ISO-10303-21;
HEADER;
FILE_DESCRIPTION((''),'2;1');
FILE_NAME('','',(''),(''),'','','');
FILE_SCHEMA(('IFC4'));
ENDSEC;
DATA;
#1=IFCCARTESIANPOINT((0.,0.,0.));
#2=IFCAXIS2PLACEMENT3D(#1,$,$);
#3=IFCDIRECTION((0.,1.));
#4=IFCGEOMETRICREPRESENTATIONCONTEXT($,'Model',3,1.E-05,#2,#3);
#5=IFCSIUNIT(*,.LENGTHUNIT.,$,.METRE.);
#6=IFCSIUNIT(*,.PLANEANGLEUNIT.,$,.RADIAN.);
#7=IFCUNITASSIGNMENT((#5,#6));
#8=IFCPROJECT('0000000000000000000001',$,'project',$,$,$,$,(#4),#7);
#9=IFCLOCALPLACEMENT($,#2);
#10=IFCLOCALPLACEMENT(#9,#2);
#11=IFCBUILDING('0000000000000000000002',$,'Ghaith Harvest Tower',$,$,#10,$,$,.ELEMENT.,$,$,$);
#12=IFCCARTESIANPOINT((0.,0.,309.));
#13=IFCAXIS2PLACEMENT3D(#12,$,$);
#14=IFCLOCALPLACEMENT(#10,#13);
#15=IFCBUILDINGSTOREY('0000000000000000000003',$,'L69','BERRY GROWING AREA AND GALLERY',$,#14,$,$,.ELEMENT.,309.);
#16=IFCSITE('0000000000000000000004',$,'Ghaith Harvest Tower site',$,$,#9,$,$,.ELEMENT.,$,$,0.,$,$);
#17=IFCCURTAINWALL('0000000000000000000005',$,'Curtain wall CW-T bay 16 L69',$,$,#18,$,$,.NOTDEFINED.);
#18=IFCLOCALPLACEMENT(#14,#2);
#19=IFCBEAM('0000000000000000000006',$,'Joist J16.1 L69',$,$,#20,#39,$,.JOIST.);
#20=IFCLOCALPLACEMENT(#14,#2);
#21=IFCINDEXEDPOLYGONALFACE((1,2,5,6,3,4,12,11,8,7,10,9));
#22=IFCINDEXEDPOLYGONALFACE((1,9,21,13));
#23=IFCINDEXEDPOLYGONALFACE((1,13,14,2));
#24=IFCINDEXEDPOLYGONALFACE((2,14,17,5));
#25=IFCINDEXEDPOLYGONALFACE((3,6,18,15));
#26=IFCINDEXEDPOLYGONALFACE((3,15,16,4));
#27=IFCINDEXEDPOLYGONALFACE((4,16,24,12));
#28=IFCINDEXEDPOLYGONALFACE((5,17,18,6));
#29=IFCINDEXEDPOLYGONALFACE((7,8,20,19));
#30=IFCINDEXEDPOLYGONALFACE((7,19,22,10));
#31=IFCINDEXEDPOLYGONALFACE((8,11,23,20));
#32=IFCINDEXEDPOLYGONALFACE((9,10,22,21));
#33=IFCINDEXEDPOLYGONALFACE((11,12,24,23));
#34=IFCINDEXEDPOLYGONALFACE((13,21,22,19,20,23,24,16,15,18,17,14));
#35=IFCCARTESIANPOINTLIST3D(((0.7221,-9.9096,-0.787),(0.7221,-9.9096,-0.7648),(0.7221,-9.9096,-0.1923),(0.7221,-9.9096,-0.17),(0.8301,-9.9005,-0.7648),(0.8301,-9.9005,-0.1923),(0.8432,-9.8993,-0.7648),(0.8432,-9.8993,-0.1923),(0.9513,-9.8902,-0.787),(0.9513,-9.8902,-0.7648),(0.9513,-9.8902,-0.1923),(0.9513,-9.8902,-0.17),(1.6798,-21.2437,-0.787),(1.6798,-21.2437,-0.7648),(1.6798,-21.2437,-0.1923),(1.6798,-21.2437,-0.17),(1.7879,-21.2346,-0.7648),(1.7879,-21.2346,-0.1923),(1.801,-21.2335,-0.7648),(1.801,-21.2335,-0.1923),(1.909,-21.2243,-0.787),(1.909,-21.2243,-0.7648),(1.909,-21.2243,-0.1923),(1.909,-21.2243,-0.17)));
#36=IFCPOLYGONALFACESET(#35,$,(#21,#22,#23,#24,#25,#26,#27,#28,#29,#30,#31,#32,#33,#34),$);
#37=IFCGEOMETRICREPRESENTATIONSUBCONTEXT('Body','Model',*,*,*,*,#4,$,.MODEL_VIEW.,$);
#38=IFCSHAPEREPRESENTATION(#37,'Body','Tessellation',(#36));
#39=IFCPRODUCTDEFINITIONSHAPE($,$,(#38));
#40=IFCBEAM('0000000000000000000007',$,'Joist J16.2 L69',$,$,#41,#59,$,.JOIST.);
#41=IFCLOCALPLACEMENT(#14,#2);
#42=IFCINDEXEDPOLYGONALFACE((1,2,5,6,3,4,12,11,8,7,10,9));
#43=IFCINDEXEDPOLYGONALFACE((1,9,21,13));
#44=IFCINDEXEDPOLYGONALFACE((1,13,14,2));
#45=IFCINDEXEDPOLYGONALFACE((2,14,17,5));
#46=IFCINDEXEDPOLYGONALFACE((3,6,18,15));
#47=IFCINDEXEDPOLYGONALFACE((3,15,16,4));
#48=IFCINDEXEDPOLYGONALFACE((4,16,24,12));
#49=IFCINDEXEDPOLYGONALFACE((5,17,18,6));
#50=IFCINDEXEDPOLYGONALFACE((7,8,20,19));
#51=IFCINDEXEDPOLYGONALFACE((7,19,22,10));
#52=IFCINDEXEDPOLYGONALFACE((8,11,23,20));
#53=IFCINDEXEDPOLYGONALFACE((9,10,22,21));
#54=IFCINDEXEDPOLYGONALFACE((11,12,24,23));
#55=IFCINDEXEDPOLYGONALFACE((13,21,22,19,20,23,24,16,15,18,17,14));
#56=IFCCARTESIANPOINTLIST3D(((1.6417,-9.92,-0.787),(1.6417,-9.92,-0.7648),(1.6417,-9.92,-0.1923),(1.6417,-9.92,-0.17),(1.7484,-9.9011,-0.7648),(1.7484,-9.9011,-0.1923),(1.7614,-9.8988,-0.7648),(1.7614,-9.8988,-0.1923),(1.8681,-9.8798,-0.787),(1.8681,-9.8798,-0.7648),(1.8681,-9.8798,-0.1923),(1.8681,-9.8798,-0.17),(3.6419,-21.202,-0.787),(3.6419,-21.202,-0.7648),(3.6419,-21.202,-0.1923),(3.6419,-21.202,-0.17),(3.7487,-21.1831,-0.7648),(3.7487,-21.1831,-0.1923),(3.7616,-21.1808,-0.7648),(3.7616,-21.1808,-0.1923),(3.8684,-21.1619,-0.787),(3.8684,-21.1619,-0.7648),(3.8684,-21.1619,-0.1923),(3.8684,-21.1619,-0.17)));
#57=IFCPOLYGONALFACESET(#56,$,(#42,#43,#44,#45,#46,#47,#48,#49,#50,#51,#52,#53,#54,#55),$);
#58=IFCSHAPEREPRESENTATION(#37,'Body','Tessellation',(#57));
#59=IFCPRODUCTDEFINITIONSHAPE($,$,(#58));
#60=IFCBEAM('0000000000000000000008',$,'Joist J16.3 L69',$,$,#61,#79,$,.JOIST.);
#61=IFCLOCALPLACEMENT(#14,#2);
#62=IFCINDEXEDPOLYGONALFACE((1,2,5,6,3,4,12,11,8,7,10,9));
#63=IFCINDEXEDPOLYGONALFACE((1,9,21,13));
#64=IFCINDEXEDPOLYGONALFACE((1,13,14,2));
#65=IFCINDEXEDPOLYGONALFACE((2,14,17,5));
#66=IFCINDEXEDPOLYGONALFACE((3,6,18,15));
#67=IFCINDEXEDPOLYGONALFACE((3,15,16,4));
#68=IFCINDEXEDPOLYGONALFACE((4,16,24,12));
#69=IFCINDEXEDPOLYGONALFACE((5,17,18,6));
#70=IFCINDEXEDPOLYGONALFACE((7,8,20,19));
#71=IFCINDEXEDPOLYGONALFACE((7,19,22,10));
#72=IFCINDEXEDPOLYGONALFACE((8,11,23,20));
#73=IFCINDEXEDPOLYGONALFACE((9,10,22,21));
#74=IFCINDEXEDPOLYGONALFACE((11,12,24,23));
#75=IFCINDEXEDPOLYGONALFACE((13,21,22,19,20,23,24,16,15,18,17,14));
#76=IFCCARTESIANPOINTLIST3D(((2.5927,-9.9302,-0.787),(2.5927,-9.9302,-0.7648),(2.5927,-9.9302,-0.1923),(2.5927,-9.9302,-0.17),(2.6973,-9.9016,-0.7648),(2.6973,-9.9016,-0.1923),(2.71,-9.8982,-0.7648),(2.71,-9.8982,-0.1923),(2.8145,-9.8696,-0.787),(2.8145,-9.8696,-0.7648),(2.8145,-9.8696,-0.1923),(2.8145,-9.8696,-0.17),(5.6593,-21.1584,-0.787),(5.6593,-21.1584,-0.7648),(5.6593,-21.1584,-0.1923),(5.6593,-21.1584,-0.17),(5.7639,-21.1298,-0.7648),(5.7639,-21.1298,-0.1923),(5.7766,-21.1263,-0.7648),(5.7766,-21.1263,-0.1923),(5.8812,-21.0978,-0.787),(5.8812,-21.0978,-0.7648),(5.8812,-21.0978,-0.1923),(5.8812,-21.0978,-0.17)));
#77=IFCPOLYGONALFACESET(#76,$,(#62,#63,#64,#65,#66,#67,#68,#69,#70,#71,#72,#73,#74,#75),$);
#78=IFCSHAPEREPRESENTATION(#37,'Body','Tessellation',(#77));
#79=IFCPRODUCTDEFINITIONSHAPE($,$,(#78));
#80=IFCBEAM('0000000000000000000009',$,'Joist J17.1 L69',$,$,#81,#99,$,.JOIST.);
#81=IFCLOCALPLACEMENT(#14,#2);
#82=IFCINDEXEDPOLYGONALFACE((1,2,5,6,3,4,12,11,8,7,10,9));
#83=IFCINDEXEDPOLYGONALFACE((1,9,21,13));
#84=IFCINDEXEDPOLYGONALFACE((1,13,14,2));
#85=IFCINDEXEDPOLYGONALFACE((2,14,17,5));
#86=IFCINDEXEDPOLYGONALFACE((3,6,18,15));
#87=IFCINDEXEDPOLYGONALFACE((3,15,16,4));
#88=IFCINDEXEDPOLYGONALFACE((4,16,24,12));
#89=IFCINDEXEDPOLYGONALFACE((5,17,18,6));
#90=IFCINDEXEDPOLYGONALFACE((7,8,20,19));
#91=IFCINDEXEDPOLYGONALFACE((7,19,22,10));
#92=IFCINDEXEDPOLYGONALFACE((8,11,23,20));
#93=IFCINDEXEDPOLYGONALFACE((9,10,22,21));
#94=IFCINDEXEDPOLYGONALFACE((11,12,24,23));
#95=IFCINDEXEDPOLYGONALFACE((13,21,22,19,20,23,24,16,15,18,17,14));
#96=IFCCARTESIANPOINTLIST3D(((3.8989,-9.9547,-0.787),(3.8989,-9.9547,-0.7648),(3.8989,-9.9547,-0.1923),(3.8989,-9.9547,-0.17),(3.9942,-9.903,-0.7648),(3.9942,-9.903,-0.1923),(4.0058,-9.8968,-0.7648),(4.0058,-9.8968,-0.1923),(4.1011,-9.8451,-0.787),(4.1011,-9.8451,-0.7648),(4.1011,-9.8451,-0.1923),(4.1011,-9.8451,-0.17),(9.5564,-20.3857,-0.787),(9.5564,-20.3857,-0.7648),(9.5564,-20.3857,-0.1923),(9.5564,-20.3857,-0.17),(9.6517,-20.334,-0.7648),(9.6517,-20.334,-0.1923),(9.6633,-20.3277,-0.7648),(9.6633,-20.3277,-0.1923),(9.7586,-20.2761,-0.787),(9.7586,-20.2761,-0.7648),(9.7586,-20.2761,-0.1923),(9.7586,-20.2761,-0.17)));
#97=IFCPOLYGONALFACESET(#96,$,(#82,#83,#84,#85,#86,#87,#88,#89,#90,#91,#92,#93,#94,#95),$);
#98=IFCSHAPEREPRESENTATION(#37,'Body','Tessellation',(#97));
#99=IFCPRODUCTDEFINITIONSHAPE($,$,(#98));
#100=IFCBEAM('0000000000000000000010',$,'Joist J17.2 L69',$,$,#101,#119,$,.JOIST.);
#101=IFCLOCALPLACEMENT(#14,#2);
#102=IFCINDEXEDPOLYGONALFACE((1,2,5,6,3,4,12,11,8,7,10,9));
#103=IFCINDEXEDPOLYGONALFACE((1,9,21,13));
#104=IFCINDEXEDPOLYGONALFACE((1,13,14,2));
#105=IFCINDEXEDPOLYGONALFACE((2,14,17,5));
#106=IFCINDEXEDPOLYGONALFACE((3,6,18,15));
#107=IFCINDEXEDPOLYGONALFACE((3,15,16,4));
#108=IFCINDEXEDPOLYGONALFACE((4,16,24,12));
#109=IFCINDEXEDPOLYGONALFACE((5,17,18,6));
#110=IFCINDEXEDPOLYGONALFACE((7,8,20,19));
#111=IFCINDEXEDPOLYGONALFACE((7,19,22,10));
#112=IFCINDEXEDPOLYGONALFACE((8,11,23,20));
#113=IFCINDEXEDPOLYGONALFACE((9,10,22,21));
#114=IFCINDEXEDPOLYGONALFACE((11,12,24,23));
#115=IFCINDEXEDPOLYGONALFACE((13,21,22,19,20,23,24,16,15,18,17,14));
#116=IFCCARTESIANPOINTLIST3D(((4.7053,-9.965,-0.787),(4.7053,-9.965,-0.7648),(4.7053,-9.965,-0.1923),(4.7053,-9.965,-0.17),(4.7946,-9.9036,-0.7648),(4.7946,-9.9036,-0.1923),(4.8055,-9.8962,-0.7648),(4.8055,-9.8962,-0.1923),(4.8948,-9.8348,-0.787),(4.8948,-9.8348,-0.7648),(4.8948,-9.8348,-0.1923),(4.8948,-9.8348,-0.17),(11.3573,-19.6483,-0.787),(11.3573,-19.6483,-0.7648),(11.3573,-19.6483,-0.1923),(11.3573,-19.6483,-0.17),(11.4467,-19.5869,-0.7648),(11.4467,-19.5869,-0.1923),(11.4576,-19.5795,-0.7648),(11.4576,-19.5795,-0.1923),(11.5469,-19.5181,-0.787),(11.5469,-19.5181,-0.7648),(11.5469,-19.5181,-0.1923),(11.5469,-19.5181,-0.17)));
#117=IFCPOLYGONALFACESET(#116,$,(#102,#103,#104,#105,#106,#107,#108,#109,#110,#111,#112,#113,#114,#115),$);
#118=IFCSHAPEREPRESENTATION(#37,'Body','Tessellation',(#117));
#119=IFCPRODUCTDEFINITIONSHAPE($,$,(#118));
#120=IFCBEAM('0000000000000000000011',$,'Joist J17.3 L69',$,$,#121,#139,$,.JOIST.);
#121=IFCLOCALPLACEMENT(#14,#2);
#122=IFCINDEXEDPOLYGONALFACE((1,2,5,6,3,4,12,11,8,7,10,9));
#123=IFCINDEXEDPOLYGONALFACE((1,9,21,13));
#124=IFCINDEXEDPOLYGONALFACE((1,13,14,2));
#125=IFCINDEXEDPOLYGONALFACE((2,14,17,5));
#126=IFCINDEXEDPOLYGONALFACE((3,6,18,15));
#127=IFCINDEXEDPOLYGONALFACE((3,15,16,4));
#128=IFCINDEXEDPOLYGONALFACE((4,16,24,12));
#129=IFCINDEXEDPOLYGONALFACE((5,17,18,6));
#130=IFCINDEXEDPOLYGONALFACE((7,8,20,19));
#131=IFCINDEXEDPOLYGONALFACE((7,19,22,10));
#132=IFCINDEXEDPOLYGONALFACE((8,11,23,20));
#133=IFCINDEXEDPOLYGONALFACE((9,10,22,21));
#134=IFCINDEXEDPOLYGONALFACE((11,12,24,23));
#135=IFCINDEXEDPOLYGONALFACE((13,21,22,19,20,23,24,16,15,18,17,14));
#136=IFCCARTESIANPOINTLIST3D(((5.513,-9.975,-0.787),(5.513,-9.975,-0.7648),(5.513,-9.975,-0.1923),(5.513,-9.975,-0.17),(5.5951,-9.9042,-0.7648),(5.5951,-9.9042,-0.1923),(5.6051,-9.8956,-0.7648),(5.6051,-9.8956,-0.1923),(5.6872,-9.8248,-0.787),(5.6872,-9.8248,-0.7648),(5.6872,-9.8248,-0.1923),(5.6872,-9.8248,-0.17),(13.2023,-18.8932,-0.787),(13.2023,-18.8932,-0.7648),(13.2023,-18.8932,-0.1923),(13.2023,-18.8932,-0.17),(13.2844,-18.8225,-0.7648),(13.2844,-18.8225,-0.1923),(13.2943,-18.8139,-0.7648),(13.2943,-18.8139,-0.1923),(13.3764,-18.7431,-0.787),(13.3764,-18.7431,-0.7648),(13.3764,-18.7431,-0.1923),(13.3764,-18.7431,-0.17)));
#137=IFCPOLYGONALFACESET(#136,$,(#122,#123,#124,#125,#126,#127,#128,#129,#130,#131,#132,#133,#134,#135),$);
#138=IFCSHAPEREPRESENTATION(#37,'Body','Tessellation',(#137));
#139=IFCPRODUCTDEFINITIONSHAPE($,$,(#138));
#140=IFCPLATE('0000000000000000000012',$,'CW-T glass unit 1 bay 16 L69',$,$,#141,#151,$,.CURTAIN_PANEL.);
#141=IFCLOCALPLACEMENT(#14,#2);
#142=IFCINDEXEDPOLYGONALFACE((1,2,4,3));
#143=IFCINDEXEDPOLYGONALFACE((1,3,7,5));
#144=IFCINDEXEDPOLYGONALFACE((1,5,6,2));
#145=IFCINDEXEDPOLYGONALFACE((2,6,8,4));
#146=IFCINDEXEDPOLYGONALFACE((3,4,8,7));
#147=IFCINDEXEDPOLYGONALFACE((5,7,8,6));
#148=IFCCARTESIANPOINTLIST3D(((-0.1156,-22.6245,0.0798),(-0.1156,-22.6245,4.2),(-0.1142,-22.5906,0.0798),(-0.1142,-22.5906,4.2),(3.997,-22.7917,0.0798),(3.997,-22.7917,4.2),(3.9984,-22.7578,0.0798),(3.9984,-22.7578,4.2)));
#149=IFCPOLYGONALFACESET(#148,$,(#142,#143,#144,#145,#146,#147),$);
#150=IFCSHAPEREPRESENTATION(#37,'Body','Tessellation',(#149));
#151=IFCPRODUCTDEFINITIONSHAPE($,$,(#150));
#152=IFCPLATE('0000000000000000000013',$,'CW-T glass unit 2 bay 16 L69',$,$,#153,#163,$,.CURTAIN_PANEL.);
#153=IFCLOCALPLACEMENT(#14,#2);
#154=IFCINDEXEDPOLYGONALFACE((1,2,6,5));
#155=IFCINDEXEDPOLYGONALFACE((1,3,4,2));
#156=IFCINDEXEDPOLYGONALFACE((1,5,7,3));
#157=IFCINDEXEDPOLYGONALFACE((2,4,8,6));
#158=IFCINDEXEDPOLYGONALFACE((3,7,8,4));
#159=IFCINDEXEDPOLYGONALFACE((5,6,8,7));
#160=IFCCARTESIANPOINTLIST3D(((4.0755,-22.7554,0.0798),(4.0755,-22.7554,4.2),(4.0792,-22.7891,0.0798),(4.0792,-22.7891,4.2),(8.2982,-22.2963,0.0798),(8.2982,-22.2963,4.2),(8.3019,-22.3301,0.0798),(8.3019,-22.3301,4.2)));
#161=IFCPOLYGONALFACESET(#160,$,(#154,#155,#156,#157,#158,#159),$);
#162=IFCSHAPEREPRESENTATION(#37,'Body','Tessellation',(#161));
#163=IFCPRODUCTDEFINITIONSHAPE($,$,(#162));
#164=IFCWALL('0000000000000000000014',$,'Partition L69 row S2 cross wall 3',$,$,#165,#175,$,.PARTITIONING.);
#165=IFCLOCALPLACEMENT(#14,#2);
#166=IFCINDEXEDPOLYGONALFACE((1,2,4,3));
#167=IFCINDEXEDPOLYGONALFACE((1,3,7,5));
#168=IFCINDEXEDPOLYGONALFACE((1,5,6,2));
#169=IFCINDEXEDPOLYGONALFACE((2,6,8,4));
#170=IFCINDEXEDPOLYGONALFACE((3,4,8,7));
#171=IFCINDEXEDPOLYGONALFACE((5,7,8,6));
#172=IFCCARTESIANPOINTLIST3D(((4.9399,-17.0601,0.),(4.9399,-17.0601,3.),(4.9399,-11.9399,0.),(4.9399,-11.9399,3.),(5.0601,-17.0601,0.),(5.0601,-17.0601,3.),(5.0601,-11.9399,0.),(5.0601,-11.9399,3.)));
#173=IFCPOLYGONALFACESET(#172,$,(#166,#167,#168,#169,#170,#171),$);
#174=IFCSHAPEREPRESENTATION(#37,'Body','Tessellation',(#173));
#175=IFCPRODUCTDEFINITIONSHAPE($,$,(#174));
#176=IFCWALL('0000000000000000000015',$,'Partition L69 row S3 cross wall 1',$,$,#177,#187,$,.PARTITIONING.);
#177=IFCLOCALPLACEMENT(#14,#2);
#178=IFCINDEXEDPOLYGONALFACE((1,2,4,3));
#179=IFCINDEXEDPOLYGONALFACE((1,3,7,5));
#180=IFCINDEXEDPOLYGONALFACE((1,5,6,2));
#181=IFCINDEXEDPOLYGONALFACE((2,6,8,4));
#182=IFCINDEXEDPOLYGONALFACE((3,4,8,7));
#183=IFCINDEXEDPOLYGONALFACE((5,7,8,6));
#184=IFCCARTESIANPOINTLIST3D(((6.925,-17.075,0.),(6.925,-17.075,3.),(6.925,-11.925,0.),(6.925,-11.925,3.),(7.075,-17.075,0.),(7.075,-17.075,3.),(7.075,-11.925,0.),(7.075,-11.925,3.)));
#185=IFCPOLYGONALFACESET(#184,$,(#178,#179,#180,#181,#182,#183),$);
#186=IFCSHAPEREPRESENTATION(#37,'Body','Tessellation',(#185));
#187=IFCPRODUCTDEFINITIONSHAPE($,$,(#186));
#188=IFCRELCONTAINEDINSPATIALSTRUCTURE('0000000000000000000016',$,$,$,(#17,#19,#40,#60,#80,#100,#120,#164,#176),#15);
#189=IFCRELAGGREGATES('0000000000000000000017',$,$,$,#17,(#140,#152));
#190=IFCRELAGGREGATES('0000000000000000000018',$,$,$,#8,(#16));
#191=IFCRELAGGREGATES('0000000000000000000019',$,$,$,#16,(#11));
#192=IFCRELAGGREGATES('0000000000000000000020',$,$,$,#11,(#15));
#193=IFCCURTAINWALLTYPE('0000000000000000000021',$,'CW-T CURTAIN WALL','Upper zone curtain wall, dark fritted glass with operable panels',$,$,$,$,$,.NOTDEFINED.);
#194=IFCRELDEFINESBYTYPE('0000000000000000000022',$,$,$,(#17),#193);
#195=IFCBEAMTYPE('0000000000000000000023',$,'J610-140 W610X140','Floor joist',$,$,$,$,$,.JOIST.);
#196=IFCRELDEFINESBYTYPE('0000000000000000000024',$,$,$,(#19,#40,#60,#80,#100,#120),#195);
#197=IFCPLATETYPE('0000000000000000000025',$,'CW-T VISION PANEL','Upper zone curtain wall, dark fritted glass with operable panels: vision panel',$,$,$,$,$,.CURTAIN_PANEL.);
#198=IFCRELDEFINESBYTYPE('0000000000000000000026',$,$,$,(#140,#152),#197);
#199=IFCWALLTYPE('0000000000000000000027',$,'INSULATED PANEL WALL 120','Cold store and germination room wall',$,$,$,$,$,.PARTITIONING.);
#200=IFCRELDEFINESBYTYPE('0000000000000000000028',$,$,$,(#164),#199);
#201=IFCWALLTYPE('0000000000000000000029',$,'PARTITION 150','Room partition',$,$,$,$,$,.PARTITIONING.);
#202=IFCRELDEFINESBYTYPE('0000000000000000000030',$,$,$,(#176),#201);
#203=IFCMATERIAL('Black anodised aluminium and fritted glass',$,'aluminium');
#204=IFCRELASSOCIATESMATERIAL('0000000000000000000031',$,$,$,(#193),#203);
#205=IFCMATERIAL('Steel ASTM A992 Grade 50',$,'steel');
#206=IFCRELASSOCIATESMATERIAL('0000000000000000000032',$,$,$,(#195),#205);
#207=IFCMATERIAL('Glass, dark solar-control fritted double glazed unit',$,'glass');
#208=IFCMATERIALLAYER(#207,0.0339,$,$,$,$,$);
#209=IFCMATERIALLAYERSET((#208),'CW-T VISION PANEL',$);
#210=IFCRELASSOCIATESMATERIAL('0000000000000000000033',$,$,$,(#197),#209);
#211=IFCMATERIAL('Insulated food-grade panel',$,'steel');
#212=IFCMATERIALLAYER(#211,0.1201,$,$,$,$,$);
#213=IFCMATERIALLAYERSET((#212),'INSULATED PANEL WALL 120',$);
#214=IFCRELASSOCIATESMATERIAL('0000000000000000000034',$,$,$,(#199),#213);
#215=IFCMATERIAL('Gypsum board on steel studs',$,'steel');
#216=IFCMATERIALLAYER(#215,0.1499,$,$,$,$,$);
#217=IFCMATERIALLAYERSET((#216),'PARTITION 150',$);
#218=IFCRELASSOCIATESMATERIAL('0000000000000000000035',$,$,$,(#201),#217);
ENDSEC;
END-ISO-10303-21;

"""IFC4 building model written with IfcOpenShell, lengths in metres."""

from ifc_helpers import new_model, si_unit, direction, frame, frame_2d, origin, origin_2d, place, context, subcontext, project, spatial, rectangle, i_section, extrude, material, layer, layer_set, material_profile, profile_set, type_object, element, aggregate, save


model = new_model("IFC4")

# Units and contexts
model_context = context("Model", 3, precision=1e-05, world=origin(), true_north=direction((0.0, 1.0)))
body_context = subcontext(model_context, "Body", "Model", "MODEL_VIEW")
ifc_project = project(units=[si_unit("LENGTHUNIT", "METRE"), si_unit("PLANEANGLEUNIT", "RADIAN")], contexts=[model_context])

# Site, building, storey
site_placement = place(None, origin())
site = spatial("IfcSite", under=ifc_project, at=site_placement, Name="Ghaith Harvest Tower site", CompositionType="ELEMENT", RefElevation=0.0)
building_placement = place(site_placement, origin())
building = spatial("IfcBuilding", under=site, at=building_placement, Name="Ghaith Harvest Tower", CompositionType="ELEMENT")
storey_placement = place(building_placement, frame((0.0, 0.0, 309.0)))
storey = spatial("IfcBuildingStorey", under=building, at=storey_placement, Name="L69", Description="BERRY GROWING AREA AND GALLERY", CompositionType="ELEMENT", Elevation=309.0)

# Curtain wall
ifc_material_1 = material(Name="Black anodised aluminium and fritted glass", Category="aluminium")
curtain_wall_type = type_object("IfcCurtainWallType", Name="CW-T CURTAIN WALL", Description="Upper zone curtain wall, dark fritted glass with operable panels", PredefinedType="NOTDEFINED", material=ifc_material_1)
curtain_wall_1_placement = place(storey_placement, origin())
curtain_wall_1 = element("IfcCurtainWall", 1, at=curtain_wall_1_placement, inside=storey, type_object=curtain_wall_type, Name="Curtain wall CW-T bay 16 L69", PredefinedType="NOTDEFINED")

# Beams
ifc_material_2 = material(Name="Steel ASTM A992 Grade 50", Category="steel")
ifc_material_profile_1 = material_profile(ifc_material_2, i_section(OverallWidth=0.23, OverallDepth=0.6169, WebThickness=0.0132, FlangeThickness=0.0222, at=origin_2d()), Name="W610X140")
ifc_profile_set_1 = profile_set([ifc_material_profile_1], Name="Steel ASTM A992 Grade 50")
beam_type_1 = type_object("IfcBeamType", Name="J610-140 W610X140", Description="Floor joist", PredefinedType="JOIST", material=ifc_profile_set_1)
beam_1_placement = place(storey_placement, frame((0.8367, -9.8999, -0.4785), z_axis=(0.084202, -0.996449, 0.0), x_axis=(0.996449, 0.084202, 0.0)))
element("IfcBeam", 2, at=beam_1_placement, inside=storey, type_object=beam_type_1, Name="Joist J16.1 L69", PredefinedType="JOIST", context=body_context, shape_type="SweptSolid", body=[
    extrude(i_section(OverallWidth=0.23, OverallDepth=0.6169, WebThickness=0.0132, FlangeThickness=0.0222, at=origin_2d()), origin(), (0.0, 0.0, 1.0), 11.3745),
])
beam_2_placement = place(storey_placement, frame((1.7549, -9.8999, -0.4785), z_axis=(0.174573, -0.984644, 0.0), x_axis=(0.984644, 0.174573, 0.0)))
element("IfcBeam", 3, at=beam_2_placement, inside=storey, type_object=beam_type_1, Name="Joist J16.2 L69", PredefinedType="JOIST", context=body_context, shape_type="SweptSolid", body=[
    extrude(i_section(OverallWidth=0.23, OverallDepth=0.6169, WebThickness=0.0132, FlangeThickness=0.0222, at=origin_2d()), origin(), (0.0, 0.0, 1.0), 11.458),
])
beam_3_placement = place(storey_placement, frame((2.7036, -9.8999, -0.4785), z_axis=(0.263469, -0.964668, 0.0), x_axis=(0.964668, 0.263469, 0.0)))
element("IfcBeam", 4, at=beam_3_placement, inside=storey, type_object=beam_type_1, Name="Joist J16.3 L69", PredefinedType="JOIST", context=body_context, shape_type="SweptSolid", body=[
    extrude(i_section(OverallWidth=0.23, OverallDepth=0.6169, WebThickness=0.0132, FlangeThickness=0.0222, at=origin_2d()), origin(), (0.0, 0.0, 1.0), 11.6394),
])
beam_4_placement = place(storey_placement, frame((4.0, -9.8999, -0.4785), z_axis=(0.476765, -0.879031, 0.0), x_axis=(0.879031, 0.476765, 0.0)))
element("IfcBeam", 5, at=beam_4_placement, inside=storey, type_object=beam_type_1, Name="Joist J17.1 L69", PredefinedType="JOIST", context=body_context, shape_type="SweptSolid", body=[
    extrude(i_section(OverallWidth=0.23, OverallDepth=0.6169, WebThickness=0.0132, FlangeThickness=0.0222, at=origin_2d()), origin(), (0.0, 0.0, 1.0), 11.8665),
])
beam_5_placement = place(storey_placement, frame((4.8, -9.8999, -0.4785), z_axis=(0.566228, -0.824249, 0.0), x_axis=(0.824249, 0.566228, 0.0)))
element("IfcBeam", 6, at=beam_5_placement, inside=storey, type_object=beam_type_1, Name="Joist J17.2 L69", PredefinedType="JOIST", context=body_context, shape_type="SweptSolid", body=[
    extrude(i_section(OverallWidth=0.23, OverallDepth=0.6169, WebThickness=0.0132, FlangeThickness=0.0222, at=origin_2d()), origin(), (0.0, 0.0, 1.0), 11.748),
])
beam_6_placement = place(storey_placement, frame((5.6001, -9.8999, -0.4785), z_axis=(0.652993, -0.757364, 0.0), x_axis=(0.757364, 0.652993, 0.0)))
element("IfcBeam", 7, at=beam_6_placement, inside=storey, type_object=beam_type_1, Name="Joist J17.3 L69", PredefinedType="JOIST", context=body_context, shape_type="SweptSolid", body=[
    extrude(i_section(OverallWidth=0.23, OverallDepth=0.6169, WebThickness=0.0132, FlangeThickness=0.0222, at=origin_2d()), origin(), (0.0, 0.0, 1.0), 11.7754),
])

# Plates
ifc_material_3 = material(Name="Glass, dark solar-control fritted double glazed unit", Category="glass")
ifc_layer_1 = layer(ifc_material_3, 0.0339)
ifc_layer_set_1 = layer_set([ifc_layer_1], Name="CW-T VISION PANEL")
plate_type = type_object("IfcPlateType", Name="CW-T VISION PANEL", Description="Upper zone curtain wall, dark fritted glass with operable panels: vision panel", PredefinedType="CURTAIN_PANEL", material=ifc_layer_set_1)
plate_1_placement = place(storey_placement, frame((1.9414, -22.6912, 0.0798), z_axis=(0.0, 0.0, 1.0), x_axis=(0.999174, -0.040638, 0.0)))
plate_1 = element("IfcPlate", 8, at=plate_1_placement, type_object=plate_type, Name="CW-T glass unit 1 bay 16 L69", PredefinedType="CURTAIN_PANEL", context=body_context, shape_type="SweptSolid", body=[
    extrude(rectangle(XDim=4.116, YDim=0.0339, at=origin_2d()), origin(), (0.0, 0.0, 1.0), 4.1201),
])
plate_2_placement = place(storey_placement, frame((6.1887, -22.5427, 0.0798), z_axis=(0.0, 0.0, 1.0), x_axis=(0.994143, 0.108074, 0.0)))
plate_2 = element("IfcPlate", 9, at=plate_2_placement, type_object=plate_type, Name="CW-T glass unit 2 bay 16 L69", PredefinedType="CURTAIN_PANEL", context=body_context, shape_type="SweptSolid", body=[
    extrude(rectangle(XDim=4.2476, YDim=0.0339, at=origin_2d()), origin(), (0.0, 0.0, 1.0), 4.1201),
])
aggregate(curtain_wall_1, [plate_1, plate_2])

# Walls
ifc_material_4 = material(Name="Insulated food-grade panel", Category="steel")
ifc_layer_2 = layer(ifc_material_4, 0.1201)
ifc_layer_set_2 = layer_set([ifc_layer_2], Name="INSULATED PANEL WALL 120")
wall_type_1 = type_object("IfcWallType", Name="INSULATED PANEL WALL 120", Description="Cold store and germination room wall", PredefinedType="PARTITIONING", material=ifc_layer_set_2)
wall_1_placement = place(storey_placement, frame((5.0, -11.9399, 0.0), z_axis=(0.0, 0.0, 1.0), x_axis=(0.0, -1.0, 0.0)))
element("IfcWall", 10, at=wall_1_placement, inside=storey, type_object=wall_type_1, Name="Partition L69 row S2 cross wall 3", PredefinedType="PARTITIONING", context=body_context, shape_type="SweptSolid", body=[
    extrude(rectangle(XDim=5.1201, YDim=0.1201, at=frame_2d((2.5601, 0.0))), origin(), (0.0, 0.0, 1.0), 3.0),
])
ifc_material_5 = material(Name="Gypsum board on steel studs", Category="steel")
ifc_layer_3 = layer(ifc_material_5, 0.1499)
ifc_layer_set_3 = layer_set([ifc_layer_3], Name="PARTITION 150")
wall_type_2 = type_object("IfcWallType", Name="PARTITION 150", Description="Room partition", PredefinedType="PARTITIONING", material=ifc_layer_set_3)
wall_2_placement = place(storey_placement, frame((7.0, -11.925, 0.0), z_axis=(0.0, 0.0, 1.0), x_axis=(0.0, -1.0, 0.0)))
element("IfcWall", 11, at=wall_2_placement, inside=storey, type_object=wall_type_2, Name="Partition L69 row S3 cross wall 1", PredefinedType="PARTITIONING", context=body_context, shape_type="SweptSolid", body=[
    extrude(rectangle(XDim=5.1499, YDim=0.1499, at=frame_2d((2.575, 0.0))), origin(), (0.0, 0.0, 1.0), 3.0),
])

save(model, "model.ifc")
